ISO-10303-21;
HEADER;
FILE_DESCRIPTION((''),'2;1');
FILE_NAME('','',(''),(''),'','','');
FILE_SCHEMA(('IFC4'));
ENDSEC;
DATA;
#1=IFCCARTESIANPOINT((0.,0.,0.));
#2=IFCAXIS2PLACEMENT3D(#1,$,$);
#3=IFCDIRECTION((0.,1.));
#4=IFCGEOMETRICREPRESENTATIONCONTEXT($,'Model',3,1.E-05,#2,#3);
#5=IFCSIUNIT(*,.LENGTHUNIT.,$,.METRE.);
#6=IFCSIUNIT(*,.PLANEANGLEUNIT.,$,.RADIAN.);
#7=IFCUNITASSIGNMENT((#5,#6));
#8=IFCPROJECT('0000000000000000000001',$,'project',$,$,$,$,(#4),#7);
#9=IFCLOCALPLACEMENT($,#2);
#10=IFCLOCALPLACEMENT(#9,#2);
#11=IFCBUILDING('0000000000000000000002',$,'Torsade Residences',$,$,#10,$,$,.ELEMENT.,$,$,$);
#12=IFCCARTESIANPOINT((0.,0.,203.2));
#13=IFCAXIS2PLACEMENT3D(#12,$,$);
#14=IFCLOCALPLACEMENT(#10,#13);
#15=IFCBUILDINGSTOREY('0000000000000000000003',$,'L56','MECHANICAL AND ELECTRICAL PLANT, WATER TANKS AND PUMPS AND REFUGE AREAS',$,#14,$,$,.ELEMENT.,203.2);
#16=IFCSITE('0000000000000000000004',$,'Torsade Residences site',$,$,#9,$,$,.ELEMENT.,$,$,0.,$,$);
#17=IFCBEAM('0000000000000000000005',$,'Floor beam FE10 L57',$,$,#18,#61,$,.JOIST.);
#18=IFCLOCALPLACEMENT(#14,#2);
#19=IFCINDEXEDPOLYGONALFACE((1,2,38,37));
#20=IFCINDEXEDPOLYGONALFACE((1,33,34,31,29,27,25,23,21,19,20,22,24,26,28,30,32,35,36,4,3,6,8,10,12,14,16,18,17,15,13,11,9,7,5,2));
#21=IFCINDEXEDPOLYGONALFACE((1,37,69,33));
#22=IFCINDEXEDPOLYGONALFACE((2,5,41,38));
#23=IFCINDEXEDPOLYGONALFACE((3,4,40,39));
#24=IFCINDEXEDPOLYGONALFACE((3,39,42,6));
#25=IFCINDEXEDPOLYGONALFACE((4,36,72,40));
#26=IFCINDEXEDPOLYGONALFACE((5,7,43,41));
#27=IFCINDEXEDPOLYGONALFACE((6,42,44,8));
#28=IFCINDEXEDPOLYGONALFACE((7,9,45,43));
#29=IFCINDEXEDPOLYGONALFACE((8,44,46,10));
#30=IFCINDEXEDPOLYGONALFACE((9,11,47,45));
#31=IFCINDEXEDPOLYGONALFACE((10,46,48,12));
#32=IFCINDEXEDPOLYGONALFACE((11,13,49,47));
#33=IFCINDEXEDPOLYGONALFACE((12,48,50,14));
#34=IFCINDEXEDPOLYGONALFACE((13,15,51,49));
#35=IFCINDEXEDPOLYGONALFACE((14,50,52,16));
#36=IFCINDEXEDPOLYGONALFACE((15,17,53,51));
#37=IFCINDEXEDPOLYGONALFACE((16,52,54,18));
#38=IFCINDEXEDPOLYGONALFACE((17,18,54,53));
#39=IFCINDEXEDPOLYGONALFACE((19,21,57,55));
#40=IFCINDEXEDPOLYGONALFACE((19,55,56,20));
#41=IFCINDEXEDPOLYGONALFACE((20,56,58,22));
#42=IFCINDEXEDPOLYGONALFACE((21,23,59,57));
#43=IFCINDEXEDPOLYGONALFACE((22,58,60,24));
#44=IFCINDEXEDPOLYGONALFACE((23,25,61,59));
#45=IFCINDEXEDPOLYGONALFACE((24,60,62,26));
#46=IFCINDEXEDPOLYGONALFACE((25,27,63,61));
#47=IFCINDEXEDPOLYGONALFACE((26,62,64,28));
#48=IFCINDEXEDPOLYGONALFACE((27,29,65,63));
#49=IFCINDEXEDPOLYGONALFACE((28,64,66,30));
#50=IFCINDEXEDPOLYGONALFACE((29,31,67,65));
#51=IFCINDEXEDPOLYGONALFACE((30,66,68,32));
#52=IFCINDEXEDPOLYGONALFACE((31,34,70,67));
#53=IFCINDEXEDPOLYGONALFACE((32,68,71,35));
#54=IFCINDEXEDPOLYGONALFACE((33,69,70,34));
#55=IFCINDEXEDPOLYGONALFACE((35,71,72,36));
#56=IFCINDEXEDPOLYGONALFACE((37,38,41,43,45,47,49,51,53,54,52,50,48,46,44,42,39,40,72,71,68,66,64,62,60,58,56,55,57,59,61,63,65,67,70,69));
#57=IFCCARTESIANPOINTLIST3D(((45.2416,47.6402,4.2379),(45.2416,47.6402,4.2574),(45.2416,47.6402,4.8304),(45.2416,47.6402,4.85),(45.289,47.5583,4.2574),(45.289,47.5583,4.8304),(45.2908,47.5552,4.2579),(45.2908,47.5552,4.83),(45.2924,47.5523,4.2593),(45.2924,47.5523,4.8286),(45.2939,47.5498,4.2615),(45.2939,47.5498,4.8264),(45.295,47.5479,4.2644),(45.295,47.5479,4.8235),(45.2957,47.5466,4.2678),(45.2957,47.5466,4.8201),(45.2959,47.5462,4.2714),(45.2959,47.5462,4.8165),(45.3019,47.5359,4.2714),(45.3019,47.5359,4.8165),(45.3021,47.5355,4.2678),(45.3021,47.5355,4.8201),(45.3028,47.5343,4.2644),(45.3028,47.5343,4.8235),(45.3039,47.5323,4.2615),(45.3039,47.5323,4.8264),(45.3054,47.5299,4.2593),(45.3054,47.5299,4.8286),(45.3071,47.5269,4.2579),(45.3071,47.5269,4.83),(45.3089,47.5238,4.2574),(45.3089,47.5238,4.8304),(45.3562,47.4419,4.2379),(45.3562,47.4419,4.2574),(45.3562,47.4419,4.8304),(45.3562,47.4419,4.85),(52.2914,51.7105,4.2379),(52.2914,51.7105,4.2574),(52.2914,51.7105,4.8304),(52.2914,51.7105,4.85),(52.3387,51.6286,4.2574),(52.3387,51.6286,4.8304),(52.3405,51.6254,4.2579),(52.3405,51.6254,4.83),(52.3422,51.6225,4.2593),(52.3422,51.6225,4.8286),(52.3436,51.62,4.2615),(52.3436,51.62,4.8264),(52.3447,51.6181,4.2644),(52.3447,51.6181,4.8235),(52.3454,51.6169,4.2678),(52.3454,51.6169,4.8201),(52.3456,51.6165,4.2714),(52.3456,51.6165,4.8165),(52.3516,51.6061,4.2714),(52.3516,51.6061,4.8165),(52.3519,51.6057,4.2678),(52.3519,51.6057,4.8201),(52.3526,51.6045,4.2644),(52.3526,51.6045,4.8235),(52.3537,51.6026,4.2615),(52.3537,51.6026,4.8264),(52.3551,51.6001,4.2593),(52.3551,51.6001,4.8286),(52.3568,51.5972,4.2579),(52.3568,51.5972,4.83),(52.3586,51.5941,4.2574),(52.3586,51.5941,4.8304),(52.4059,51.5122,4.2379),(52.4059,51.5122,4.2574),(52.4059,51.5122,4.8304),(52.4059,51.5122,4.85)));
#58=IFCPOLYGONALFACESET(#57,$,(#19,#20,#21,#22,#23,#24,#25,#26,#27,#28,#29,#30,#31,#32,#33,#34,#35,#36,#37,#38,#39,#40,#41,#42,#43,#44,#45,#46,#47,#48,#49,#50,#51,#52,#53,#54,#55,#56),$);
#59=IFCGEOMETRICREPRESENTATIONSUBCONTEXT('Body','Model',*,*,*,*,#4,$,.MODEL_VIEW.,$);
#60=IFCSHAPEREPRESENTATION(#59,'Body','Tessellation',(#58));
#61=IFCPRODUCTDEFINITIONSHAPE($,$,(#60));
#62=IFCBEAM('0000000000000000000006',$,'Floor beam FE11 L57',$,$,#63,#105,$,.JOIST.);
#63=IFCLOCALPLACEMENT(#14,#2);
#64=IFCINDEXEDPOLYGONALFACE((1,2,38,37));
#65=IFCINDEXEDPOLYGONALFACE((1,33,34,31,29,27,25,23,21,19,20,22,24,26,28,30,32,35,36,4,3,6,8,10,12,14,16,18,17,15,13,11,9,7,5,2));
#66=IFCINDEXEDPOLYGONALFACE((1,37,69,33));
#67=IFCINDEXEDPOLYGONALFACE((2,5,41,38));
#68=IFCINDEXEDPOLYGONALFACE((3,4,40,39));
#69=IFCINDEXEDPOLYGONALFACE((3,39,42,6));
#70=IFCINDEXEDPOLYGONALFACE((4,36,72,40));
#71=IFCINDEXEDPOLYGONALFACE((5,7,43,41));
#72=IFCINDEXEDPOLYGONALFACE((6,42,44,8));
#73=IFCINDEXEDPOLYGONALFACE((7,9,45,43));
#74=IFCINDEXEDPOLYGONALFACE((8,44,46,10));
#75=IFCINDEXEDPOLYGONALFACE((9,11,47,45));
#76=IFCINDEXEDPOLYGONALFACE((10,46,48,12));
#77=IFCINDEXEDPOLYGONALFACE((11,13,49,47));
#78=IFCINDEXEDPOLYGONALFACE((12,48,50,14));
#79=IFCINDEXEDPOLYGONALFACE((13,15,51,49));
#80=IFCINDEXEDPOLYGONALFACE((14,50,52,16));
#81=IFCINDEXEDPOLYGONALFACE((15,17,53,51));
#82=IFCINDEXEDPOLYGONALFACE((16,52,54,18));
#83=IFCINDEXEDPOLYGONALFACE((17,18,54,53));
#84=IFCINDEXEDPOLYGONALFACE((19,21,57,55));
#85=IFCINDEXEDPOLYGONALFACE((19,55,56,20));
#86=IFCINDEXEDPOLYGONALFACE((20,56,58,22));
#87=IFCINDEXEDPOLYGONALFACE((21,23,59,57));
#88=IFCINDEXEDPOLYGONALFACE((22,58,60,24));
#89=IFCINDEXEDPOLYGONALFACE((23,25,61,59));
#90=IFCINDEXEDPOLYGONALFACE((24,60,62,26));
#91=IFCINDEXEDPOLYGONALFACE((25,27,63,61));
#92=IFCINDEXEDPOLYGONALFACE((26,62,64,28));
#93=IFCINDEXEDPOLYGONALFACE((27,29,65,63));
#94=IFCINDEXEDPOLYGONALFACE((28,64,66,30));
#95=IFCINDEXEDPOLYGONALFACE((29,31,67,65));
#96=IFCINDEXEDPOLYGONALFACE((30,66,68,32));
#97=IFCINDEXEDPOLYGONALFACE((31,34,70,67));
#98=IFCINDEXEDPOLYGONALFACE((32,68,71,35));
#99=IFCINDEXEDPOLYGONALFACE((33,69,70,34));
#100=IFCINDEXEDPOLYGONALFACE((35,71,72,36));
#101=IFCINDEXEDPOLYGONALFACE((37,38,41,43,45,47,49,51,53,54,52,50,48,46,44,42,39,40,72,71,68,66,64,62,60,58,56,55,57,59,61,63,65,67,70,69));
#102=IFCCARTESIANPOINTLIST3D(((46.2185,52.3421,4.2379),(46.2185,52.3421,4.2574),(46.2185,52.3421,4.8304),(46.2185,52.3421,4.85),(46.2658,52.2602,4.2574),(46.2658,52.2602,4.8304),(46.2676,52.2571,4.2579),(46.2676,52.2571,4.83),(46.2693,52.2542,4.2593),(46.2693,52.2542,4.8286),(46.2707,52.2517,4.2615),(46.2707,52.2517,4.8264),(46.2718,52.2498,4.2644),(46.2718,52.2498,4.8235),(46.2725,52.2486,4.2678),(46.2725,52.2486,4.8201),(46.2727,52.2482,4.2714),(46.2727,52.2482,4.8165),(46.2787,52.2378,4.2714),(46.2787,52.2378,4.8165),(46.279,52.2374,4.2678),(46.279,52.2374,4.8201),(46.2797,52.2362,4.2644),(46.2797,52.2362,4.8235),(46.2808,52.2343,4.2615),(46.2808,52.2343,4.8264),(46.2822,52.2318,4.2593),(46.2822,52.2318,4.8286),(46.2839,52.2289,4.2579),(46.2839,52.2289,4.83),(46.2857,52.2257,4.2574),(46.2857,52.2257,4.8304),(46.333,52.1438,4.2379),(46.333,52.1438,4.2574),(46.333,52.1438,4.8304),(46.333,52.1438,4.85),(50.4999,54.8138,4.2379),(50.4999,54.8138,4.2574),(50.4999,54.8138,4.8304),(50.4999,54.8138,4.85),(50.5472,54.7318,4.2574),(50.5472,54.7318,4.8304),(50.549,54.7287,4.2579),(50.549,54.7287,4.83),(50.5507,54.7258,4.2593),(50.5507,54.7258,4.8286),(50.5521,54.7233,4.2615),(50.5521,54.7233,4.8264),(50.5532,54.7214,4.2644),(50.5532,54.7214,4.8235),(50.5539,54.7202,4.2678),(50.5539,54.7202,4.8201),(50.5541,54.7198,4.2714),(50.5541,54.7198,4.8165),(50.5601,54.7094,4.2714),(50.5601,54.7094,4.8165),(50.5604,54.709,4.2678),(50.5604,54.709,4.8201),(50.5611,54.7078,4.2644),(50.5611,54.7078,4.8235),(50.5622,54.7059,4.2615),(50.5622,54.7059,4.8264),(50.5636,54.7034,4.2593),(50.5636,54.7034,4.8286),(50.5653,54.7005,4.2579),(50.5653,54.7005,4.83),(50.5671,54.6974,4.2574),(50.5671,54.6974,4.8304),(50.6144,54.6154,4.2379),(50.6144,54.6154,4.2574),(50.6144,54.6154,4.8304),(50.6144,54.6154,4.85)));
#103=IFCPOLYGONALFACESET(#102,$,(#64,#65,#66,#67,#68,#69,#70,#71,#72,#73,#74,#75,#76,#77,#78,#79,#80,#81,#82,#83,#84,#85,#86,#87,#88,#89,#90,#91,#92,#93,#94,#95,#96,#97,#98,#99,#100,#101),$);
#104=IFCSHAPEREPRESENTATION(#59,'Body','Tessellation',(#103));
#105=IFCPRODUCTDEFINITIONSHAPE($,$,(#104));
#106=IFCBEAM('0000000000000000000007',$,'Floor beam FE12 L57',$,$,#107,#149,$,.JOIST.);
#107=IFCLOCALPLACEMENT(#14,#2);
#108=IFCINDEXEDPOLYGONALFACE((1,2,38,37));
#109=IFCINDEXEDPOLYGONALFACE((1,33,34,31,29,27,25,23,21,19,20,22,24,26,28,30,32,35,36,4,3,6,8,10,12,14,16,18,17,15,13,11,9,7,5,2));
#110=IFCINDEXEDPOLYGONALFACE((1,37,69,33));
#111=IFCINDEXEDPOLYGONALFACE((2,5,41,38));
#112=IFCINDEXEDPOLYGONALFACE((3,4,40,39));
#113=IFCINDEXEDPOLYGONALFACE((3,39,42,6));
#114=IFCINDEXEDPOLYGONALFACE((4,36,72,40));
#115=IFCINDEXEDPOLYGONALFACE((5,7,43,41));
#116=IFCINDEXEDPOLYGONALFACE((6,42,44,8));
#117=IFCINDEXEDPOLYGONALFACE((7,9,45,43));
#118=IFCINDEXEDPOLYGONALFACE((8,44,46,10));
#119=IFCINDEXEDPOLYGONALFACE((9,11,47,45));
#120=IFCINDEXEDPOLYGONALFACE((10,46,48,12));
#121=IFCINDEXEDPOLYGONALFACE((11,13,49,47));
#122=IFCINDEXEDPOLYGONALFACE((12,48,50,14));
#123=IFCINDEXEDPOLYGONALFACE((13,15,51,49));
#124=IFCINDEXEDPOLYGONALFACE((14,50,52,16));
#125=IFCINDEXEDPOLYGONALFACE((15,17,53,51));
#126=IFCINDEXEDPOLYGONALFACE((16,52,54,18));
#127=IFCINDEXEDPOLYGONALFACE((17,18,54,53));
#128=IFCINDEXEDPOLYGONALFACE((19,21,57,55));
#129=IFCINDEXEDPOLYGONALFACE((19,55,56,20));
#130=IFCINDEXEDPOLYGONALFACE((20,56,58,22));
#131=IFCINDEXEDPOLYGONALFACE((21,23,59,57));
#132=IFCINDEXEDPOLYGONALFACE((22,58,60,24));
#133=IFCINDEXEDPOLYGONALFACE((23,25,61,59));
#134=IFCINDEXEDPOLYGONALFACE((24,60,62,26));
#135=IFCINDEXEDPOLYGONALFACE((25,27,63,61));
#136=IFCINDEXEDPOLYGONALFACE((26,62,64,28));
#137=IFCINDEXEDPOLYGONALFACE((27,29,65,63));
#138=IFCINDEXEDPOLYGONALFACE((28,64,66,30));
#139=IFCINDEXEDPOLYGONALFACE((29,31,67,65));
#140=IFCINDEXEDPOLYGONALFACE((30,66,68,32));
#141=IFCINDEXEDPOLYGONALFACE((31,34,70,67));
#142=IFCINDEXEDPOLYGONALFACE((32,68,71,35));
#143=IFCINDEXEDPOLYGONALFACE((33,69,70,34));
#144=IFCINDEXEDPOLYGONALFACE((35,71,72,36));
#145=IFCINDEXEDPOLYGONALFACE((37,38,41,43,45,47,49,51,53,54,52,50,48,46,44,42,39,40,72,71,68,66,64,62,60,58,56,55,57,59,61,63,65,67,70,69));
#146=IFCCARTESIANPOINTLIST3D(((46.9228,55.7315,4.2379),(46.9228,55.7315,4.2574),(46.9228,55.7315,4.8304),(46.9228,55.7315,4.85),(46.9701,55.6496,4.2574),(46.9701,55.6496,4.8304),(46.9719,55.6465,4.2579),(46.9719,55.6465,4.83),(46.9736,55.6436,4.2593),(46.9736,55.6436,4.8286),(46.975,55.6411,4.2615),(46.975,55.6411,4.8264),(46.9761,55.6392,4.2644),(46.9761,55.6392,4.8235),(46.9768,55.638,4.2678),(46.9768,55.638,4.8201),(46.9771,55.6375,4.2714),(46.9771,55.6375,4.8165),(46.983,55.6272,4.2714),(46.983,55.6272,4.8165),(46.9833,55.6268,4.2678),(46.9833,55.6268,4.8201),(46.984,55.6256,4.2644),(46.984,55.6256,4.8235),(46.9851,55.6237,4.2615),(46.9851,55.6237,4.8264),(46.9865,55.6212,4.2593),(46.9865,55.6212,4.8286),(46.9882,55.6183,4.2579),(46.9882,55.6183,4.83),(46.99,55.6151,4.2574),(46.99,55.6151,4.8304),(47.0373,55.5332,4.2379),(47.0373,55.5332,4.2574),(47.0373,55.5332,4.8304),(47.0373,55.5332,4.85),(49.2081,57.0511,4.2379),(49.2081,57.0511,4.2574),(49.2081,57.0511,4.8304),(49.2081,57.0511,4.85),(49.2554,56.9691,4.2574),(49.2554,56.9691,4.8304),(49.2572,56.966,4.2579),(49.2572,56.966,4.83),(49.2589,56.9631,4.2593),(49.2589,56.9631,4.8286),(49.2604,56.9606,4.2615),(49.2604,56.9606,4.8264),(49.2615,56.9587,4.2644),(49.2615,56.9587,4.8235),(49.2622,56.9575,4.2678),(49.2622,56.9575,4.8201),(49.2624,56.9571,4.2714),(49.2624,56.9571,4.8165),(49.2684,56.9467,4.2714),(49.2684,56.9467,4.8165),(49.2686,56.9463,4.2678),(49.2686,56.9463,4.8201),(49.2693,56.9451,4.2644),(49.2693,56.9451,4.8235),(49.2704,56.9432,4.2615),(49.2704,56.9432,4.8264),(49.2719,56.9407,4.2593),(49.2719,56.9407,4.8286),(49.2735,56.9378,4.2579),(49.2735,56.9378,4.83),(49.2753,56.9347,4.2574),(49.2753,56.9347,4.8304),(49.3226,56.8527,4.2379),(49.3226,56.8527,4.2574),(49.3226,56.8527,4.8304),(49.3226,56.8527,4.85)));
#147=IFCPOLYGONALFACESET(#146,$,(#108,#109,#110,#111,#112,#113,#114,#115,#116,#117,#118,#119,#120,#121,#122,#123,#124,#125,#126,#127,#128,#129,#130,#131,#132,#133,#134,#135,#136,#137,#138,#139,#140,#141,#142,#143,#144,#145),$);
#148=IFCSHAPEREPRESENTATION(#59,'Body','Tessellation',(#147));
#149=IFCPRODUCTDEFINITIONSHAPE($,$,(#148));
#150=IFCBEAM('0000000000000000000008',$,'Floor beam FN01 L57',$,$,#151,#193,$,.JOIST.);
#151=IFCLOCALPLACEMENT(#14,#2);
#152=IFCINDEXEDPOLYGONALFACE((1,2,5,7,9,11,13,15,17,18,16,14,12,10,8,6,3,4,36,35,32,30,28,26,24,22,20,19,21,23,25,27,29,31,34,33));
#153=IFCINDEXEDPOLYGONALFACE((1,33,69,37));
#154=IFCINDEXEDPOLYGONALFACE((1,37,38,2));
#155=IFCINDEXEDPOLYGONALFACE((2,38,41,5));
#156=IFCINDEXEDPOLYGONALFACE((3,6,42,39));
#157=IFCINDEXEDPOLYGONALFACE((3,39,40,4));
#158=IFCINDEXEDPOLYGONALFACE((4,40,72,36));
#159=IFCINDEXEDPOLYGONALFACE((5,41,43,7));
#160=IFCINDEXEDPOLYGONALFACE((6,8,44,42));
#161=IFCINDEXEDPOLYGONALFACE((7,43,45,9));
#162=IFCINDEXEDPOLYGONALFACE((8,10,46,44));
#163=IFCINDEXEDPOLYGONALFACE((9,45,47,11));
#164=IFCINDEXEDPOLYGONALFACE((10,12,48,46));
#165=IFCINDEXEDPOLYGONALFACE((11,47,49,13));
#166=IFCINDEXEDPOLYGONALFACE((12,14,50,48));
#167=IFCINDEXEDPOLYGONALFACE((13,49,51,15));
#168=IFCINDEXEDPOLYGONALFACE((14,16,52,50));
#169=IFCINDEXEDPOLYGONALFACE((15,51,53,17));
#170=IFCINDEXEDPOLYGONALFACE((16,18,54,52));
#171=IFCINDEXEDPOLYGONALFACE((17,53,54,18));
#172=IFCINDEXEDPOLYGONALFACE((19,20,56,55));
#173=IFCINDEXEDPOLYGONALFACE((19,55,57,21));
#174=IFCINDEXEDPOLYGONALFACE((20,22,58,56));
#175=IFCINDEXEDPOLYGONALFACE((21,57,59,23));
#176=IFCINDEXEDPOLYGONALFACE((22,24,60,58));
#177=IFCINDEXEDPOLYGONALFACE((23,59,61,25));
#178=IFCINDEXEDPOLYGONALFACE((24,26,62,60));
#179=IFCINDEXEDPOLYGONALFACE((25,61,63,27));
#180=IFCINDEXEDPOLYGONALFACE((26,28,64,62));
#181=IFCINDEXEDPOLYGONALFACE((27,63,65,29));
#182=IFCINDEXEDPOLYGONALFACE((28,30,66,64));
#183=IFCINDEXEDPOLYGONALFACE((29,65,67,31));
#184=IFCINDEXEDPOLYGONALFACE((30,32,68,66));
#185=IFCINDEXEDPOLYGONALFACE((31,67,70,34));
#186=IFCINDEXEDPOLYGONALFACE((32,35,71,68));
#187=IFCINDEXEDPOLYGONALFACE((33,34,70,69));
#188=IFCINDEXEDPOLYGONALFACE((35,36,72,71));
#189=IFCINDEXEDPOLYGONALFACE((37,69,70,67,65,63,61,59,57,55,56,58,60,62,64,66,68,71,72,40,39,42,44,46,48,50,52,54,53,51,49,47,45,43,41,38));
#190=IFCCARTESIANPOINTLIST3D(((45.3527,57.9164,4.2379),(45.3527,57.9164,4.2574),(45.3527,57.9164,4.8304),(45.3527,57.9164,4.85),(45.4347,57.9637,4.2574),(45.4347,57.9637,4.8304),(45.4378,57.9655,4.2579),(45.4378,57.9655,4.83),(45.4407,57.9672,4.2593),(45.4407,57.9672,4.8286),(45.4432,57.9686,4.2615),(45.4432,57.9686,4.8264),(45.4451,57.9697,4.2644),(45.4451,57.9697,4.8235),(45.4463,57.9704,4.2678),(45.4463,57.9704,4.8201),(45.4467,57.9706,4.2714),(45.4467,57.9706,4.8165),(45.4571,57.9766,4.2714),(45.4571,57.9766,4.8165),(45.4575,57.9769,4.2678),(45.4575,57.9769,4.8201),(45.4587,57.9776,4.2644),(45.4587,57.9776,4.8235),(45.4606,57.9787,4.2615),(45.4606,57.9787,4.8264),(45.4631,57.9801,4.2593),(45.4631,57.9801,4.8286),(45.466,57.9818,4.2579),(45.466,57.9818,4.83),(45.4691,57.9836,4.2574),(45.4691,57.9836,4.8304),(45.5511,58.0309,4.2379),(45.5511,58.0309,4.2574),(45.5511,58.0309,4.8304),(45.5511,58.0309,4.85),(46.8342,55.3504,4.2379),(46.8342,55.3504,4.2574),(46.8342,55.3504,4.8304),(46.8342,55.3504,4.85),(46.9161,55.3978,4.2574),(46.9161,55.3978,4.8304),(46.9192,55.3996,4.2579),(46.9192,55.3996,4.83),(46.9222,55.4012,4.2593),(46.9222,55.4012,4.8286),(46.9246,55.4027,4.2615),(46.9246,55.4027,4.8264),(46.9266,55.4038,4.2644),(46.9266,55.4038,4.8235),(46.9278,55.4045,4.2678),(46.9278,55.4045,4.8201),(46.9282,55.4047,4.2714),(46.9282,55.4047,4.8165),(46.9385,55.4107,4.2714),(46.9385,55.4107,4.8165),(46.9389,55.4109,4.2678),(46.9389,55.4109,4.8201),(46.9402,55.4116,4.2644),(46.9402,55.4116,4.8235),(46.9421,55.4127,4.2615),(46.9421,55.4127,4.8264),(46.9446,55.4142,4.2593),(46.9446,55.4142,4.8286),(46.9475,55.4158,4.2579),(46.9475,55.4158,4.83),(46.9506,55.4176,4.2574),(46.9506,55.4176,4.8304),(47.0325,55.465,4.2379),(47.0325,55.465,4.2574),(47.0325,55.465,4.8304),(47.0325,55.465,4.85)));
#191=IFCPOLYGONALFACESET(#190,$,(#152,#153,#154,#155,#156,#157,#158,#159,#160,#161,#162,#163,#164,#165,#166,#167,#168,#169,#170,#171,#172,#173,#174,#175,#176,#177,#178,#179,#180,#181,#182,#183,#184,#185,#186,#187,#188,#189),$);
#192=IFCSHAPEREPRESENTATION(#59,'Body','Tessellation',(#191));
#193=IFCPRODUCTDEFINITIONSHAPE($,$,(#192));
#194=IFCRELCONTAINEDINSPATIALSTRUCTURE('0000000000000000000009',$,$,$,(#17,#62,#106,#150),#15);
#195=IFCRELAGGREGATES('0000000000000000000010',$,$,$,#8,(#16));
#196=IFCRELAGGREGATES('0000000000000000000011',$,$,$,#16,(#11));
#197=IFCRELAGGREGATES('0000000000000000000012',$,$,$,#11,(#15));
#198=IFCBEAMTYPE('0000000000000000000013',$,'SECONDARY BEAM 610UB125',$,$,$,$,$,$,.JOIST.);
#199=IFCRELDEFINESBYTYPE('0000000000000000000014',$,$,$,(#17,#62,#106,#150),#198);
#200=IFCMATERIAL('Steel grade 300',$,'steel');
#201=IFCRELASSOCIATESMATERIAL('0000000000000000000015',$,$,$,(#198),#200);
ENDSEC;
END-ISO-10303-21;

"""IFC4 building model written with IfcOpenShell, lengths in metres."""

from ifc_helpers import new_model, si_unit, direction, frame, origin, origin_2d, place, context, subcontext, project, spatial, i_section, extrude, material, material_profile, profile_set, type_object, element, save


model = new_model("IFC4")

# Units and contexts
model_context = context("Model", 3, precision=1e-05, world=origin(), true_north=direction((0.0, 1.0)))
body_context = subcontext(model_context, "Body", "Model", "MODEL_VIEW")
ifc_project = project(units=[si_unit("LENGTHUNIT", "METRE"), si_unit("PLANEANGLEUNIT", "RADIAN")], contexts=[model_context])

# Site, building, storey
site_placement = place(None, origin())
site = spatial("IfcSite", under=ifc_project, at=site_placement, Name="Torsade Residences site", CompositionType="ELEMENT", RefElevation=0.0)
building_placement = place(site_placement, origin())
building = spatial("IfcBuilding", under=site, at=building_placement, Name="Torsade Residences", CompositionType="ELEMENT")
storey_placement = place(building_placement, frame((0.0, 0.0, 203.2)))
storey = spatial("IfcBuildingStorey", under=building, at=storey_placement, Name="L56", Description="MECHANICAL AND ELECTRICAL PLANT, WATER TANKS AND PUMPS AND REFUGE AREAS", CompositionType="ELEMENT", Elevation=203.2)

# Beams
ifc_material_1 = material(Name="Steel grade 300", Category="steel")
ifc_material_profile_1 = material_profile(ifc_material_1, i_section(OverallWidth=0.229, OverallDepth=0.6121, WebThickness=0.012, FlangeThickness=0.0195, FilletRadius=0.0139, at=origin_2d()), Name="610UB125")
ifc_profile_set_1 = profile_set([ifc_material_profile_1], Name="Steel grade 300")
beam_type_1 = type_object("IfcBeamType", Name="SECONDARY BEAM 610UB125", PredefinedType="JOIST", material=ifc_profile_set_1)
beam_1_placement = place(storey_placement, frame((52.3486, 51.6113, 4.5439), z_axis=(-0.86602, -0.50001, 0.0), x_axis=(0.50001, -0.86602, 0.0)))
element("IfcBeam", 1, at=beam_1_placement, inside=storey, type_object=beam_type_1, Name="Floor beam FE10 L57", PredefinedType="JOIST", context=body_context, shape_type="SweptSolid", body=[
    extrude(i_section(OverallWidth=0.229, OverallDepth=0.6121, WebThickness=0.012, FlangeThickness=0.0195, FilletRadius=0.0139, at=origin_2d()), origin(), (0.0, 0.0, 1.0), 8.1404),
])
beam_2_placement = place(storey_placement, frame((50.5571, 54.7146, 4.5439), z_axis=(-0.866047, -0.499963, 0.0), x_axis=(0.499963, -0.866047, 0.0)))
element("IfcBeam", 2, at=beam_2_placement, inside=storey, type_object=beam_type_1, Name="Floor beam FE11 L57", PredefinedType="JOIST", context=body_context, shape_type="SweptSolid", body=[
    extrude(i_section(OverallWidth=0.229, OverallDepth=0.6121, WebThickness=0.012, FlangeThickness=0.0195, FilletRadius=0.0139, at=origin_2d()), origin(), (0.0, 0.0, 1.0), 4.9436),
])
beam_3_placement = place(storey_placement, frame((49.2654, 56.9519, 4.5439), z_axis=(-0.866008, -0.500029, 0.0), x_axis=(0.500029, -0.866008, 0.0)))
element("IfcBeam", 3, at=beam_3_placement, inside=storey, type_object=beam_type_1, Name="Floor beam FE12 L57", PredefinedType="JOIST", context=body_context, shape_type="SweptSolid", body=[
    extrude(i_section(OverallWidth=0.229, OverallDepth=0.6121, WebThickness=0.012, FlangeThickness=0.0195, FilletRadius=0.0139, at=origin_2d()), origin(), (0.0, 0.0, 1.0), 2.6389),
])
beam_4_placement = place(storey_placement, frame((45.4519, 57.9736, 4.5439), z_axis=(0.500003, -0.866024, 0.0), x_axis=(0.866024, 0.500003, 0.0)))
element("IfcBeam", 4, at=beam_4_placement, inside=storey, type_object=beam_type_1, Name="Floor beam FN01 L57", PredefinedType="JOIST", context=body_context, shape_type="SweptSolid", body=[
    extrude(i_section(OverallWidth=0.229, OverallDepth=0.6121, WebThickness=0.012, FlangeThickness=0.0195, FilletRadius=0.0139, at=origin_2d()), origin(), (0.0, 0.0, 1.0), 2.9629),
])

save(model, "model.ifc")
